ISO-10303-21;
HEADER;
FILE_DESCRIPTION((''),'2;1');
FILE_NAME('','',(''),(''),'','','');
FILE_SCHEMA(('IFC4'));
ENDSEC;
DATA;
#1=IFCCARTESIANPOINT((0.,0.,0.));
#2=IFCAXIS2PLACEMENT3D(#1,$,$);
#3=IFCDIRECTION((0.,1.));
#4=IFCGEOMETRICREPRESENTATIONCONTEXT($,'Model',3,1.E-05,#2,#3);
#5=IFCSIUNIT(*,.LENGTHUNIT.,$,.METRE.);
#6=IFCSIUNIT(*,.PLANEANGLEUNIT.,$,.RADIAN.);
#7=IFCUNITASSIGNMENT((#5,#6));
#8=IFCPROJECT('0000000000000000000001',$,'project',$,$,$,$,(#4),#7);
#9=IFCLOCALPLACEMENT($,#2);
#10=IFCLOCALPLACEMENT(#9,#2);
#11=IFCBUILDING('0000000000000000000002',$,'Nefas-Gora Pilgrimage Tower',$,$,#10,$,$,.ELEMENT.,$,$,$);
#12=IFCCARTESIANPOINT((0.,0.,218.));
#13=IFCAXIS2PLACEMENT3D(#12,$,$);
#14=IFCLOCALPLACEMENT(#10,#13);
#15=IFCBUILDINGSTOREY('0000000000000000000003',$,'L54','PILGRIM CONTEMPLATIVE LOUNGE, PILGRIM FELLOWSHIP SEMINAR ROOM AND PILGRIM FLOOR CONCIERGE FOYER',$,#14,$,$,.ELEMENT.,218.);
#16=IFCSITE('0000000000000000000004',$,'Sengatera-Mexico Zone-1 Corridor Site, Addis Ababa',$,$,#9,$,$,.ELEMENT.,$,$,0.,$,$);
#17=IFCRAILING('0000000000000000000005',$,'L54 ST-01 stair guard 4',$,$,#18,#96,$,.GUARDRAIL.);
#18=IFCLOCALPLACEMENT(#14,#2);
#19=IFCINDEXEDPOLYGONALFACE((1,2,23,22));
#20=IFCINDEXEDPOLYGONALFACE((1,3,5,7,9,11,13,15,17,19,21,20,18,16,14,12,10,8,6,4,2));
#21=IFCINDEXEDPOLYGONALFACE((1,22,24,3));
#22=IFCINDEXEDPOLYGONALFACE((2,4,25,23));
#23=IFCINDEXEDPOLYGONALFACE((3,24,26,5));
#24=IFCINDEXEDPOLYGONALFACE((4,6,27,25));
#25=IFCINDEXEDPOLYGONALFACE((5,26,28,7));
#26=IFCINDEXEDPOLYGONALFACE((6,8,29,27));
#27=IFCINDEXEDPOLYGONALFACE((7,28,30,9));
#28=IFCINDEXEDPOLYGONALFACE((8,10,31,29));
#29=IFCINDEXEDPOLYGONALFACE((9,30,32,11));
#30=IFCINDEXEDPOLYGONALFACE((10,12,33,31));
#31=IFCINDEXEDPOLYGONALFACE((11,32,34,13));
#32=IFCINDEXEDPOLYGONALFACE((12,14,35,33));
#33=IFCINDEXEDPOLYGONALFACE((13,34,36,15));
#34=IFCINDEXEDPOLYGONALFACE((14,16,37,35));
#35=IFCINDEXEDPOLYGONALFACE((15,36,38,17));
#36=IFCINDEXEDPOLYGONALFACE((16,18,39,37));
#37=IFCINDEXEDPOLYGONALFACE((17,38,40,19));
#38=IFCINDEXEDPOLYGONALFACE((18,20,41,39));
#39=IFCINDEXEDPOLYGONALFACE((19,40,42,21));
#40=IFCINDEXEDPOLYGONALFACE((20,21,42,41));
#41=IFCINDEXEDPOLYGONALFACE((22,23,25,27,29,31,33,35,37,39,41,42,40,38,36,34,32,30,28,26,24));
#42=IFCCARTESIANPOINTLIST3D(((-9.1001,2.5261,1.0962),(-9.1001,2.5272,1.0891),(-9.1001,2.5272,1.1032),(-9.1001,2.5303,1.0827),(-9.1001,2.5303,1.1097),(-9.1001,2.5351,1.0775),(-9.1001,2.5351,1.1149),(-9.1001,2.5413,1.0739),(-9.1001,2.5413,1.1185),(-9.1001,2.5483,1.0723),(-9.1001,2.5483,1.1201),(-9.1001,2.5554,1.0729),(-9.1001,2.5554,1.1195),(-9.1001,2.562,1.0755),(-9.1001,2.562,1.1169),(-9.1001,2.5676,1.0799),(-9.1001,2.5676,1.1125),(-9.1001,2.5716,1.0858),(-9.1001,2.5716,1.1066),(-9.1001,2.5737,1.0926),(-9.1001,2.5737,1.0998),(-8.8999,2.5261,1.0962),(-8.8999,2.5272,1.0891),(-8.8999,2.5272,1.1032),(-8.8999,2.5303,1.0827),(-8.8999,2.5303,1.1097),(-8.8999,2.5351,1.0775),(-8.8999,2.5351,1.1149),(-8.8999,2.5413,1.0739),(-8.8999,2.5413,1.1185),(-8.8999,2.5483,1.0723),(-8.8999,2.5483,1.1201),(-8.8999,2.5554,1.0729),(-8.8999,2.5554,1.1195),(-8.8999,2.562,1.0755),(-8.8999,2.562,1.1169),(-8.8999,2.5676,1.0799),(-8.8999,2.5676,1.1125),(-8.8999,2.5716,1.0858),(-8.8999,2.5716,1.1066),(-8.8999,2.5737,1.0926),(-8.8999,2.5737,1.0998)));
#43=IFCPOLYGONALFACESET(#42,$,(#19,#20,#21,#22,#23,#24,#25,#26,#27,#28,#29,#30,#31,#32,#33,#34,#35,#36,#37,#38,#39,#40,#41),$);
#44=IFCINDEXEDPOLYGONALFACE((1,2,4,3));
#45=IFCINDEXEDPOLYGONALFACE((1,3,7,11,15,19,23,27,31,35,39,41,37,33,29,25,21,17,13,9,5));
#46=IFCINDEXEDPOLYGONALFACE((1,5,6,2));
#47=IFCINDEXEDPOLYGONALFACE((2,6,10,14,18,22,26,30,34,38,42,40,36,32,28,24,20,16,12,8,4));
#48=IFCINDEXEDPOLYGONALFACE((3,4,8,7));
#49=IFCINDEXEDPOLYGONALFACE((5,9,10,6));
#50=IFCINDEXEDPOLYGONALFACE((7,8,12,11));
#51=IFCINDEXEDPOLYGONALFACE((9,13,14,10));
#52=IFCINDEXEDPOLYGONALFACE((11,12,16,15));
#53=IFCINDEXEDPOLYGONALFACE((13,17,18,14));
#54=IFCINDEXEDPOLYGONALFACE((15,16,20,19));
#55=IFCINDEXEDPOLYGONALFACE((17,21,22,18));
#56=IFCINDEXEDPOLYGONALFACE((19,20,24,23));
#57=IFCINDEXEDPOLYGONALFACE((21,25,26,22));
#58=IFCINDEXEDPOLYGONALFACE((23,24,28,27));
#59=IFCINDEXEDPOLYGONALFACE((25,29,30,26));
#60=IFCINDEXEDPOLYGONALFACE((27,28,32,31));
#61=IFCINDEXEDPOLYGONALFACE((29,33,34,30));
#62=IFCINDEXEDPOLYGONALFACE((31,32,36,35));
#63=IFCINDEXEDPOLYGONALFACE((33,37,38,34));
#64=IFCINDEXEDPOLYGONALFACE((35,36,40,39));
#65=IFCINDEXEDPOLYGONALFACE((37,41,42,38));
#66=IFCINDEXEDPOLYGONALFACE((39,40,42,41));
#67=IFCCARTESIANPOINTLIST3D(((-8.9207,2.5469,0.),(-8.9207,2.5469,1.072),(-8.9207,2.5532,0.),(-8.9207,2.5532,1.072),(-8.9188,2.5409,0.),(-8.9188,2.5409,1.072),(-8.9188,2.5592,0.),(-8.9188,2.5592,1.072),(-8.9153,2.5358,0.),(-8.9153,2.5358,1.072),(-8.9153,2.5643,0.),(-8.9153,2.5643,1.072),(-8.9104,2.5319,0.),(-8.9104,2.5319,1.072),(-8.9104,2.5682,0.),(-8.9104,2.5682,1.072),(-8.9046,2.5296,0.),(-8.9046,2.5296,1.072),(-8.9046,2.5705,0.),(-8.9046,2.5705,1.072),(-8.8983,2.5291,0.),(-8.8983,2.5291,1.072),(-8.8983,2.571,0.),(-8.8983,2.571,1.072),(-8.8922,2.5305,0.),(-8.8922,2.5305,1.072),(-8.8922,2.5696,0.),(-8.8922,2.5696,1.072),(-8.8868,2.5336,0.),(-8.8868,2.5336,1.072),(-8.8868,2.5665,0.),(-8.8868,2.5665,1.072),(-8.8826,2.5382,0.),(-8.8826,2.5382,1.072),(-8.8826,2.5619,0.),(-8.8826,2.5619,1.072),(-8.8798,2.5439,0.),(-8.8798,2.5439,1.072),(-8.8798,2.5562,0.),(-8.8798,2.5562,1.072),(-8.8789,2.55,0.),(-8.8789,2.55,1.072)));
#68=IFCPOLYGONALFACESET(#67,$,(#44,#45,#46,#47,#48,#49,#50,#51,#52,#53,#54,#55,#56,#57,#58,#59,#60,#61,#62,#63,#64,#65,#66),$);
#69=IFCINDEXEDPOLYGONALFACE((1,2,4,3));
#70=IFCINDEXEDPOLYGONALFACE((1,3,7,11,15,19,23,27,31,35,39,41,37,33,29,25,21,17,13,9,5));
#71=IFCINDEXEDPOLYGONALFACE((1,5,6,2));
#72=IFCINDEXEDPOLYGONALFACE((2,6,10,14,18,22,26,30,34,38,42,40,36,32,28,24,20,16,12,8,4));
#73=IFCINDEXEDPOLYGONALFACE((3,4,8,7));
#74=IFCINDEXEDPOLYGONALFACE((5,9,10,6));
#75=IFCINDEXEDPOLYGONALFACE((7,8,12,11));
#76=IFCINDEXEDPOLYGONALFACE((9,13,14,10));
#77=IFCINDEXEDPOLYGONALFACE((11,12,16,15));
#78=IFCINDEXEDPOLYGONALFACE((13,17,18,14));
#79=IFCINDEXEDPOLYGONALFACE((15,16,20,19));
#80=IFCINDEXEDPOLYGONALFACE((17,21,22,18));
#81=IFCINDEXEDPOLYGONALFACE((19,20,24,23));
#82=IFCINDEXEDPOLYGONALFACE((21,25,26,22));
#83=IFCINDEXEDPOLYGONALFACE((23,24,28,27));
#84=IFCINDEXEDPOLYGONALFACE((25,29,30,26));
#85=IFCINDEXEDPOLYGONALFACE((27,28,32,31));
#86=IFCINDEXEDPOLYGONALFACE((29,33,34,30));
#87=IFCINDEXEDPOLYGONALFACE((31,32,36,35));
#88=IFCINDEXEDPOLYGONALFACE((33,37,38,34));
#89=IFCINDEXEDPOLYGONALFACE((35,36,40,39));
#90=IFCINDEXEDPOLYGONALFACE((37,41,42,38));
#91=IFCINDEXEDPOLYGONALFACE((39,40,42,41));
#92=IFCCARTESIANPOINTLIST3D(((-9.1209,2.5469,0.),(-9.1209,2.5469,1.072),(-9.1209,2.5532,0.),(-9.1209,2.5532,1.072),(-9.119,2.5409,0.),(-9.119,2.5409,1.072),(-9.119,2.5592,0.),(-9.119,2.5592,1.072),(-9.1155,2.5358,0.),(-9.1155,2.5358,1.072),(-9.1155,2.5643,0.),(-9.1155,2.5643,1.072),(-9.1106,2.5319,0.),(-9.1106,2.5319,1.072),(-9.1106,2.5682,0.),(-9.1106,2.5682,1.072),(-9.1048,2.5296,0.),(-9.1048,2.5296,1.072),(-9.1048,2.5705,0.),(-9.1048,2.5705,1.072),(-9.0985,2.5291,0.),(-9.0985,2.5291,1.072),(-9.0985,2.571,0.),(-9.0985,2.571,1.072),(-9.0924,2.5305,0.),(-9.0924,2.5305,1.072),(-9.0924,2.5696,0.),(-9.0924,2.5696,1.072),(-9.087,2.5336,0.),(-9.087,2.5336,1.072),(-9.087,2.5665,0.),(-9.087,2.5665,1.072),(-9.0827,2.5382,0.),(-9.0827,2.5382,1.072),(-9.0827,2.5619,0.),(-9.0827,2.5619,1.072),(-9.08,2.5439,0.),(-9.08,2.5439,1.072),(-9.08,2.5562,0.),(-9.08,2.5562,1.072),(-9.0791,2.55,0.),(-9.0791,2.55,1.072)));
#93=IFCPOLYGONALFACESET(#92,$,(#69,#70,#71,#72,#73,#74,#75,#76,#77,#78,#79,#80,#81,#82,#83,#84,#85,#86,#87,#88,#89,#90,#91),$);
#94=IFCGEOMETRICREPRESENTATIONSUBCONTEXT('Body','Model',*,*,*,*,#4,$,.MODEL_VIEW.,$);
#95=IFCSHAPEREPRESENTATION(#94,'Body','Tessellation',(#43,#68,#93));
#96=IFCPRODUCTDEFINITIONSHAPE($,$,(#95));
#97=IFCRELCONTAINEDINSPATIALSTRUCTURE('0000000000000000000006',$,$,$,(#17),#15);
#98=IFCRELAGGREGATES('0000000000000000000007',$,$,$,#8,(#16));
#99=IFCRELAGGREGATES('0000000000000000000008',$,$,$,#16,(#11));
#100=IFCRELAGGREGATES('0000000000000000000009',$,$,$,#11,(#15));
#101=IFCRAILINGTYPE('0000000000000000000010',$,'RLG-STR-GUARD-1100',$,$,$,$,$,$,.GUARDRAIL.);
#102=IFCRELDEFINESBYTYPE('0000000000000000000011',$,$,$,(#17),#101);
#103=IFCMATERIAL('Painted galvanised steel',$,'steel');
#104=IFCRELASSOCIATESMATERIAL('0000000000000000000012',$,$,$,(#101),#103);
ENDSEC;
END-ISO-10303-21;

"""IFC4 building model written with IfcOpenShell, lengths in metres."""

from ifc_helpers import new_model, si_unit, direction, frame, origin, origin_2d, place, context, subcontext, project, spatial, circle, extrude, material, type_object, element, save


model = new_model("IFC4")

# Units and contexts
model_context = context("Model", 3, precision=1e-05, world=origin(), true_north=direction((0.0, 1.0)))
body_context = subcontext(model_context, "Body", "Model", "MODEL_VIEW")
ifc_project = project(units=[si_unit("LENGTHUNIT", "METRE"), si_unit("PLANEANGLEUNIT", "RADIAN")], contexts=[model_context])

# Site, building, storey
site_placement = place(None, origin())
site = spatial("IfcSite", under=ifc_project, at=site_placement, Name="Sengatera-Mexico Zone-1 Corridor Site, Addis Ababa", CompositionType="ELEMENT", RefElevation=0.0)
building_placement = place(site_placement, origin())
building = spatial("IfcBuilding", under=site, at=building_placement, Name="Nefas-Gora Pilgrimage Tower", CompositionType="ELEMENT")
storey_placement = place(building_placement, frame((0.0, 0.0, 218.0)))
storey = spatial("IfcBuildingStorey", under=building, at=storey_placement, Name="L54", Description="PILGRIM CONTEMPLATIVE LOUNGE, PILGRIM FELLOWSHIP SEMINAR ROOM AND PILGRIM FLOOR CONCIERGE FOYER", CompositionType="ELEMENT", Elevation=218.0)

# Railing
ifc_material_1 = material(Name="Painted galvanised steel", Category="steel")
railing_type_1 = type_object("IfcRailingType", Name="RLG-STR-GUARD-1100", PredefinedType="GUARDRAIL", material=ifc_material_1)
railing_1_placement = place(storey_placement, frame((-8.8999, 2.55, 0.0)))
element("IfcRailing", 1, at=railing_1_placement, inside=storey, type_object=railing_type_1, Name="L54 ST-01 stair guard 4", PredefinedType="GUARDRAIL", context=body_context, shape_type="SweptSolid", body=[
    extrude(circle(Radius=0.0239, at=origin_2d()), frame((0.0, 0.0, 1.0962), z_axis=(-1.0, 0.0, 0.0), x_axis=(0.0, -1.0, 0.0)), (0.0, 0.0, 1.0), 0.2002),
    extrude(circle(Radius=0.021, at=origin_2d()), origin(), (0.0, 0.0, 1.0), 1.072),
    extrude(circle(Radius=0.021, at=origin_2d()), frame((-0.2002, 0.0, 0.0)), (0.0, 0.0, 1.0), 1.072),
])

save(model, "model.ifc")
